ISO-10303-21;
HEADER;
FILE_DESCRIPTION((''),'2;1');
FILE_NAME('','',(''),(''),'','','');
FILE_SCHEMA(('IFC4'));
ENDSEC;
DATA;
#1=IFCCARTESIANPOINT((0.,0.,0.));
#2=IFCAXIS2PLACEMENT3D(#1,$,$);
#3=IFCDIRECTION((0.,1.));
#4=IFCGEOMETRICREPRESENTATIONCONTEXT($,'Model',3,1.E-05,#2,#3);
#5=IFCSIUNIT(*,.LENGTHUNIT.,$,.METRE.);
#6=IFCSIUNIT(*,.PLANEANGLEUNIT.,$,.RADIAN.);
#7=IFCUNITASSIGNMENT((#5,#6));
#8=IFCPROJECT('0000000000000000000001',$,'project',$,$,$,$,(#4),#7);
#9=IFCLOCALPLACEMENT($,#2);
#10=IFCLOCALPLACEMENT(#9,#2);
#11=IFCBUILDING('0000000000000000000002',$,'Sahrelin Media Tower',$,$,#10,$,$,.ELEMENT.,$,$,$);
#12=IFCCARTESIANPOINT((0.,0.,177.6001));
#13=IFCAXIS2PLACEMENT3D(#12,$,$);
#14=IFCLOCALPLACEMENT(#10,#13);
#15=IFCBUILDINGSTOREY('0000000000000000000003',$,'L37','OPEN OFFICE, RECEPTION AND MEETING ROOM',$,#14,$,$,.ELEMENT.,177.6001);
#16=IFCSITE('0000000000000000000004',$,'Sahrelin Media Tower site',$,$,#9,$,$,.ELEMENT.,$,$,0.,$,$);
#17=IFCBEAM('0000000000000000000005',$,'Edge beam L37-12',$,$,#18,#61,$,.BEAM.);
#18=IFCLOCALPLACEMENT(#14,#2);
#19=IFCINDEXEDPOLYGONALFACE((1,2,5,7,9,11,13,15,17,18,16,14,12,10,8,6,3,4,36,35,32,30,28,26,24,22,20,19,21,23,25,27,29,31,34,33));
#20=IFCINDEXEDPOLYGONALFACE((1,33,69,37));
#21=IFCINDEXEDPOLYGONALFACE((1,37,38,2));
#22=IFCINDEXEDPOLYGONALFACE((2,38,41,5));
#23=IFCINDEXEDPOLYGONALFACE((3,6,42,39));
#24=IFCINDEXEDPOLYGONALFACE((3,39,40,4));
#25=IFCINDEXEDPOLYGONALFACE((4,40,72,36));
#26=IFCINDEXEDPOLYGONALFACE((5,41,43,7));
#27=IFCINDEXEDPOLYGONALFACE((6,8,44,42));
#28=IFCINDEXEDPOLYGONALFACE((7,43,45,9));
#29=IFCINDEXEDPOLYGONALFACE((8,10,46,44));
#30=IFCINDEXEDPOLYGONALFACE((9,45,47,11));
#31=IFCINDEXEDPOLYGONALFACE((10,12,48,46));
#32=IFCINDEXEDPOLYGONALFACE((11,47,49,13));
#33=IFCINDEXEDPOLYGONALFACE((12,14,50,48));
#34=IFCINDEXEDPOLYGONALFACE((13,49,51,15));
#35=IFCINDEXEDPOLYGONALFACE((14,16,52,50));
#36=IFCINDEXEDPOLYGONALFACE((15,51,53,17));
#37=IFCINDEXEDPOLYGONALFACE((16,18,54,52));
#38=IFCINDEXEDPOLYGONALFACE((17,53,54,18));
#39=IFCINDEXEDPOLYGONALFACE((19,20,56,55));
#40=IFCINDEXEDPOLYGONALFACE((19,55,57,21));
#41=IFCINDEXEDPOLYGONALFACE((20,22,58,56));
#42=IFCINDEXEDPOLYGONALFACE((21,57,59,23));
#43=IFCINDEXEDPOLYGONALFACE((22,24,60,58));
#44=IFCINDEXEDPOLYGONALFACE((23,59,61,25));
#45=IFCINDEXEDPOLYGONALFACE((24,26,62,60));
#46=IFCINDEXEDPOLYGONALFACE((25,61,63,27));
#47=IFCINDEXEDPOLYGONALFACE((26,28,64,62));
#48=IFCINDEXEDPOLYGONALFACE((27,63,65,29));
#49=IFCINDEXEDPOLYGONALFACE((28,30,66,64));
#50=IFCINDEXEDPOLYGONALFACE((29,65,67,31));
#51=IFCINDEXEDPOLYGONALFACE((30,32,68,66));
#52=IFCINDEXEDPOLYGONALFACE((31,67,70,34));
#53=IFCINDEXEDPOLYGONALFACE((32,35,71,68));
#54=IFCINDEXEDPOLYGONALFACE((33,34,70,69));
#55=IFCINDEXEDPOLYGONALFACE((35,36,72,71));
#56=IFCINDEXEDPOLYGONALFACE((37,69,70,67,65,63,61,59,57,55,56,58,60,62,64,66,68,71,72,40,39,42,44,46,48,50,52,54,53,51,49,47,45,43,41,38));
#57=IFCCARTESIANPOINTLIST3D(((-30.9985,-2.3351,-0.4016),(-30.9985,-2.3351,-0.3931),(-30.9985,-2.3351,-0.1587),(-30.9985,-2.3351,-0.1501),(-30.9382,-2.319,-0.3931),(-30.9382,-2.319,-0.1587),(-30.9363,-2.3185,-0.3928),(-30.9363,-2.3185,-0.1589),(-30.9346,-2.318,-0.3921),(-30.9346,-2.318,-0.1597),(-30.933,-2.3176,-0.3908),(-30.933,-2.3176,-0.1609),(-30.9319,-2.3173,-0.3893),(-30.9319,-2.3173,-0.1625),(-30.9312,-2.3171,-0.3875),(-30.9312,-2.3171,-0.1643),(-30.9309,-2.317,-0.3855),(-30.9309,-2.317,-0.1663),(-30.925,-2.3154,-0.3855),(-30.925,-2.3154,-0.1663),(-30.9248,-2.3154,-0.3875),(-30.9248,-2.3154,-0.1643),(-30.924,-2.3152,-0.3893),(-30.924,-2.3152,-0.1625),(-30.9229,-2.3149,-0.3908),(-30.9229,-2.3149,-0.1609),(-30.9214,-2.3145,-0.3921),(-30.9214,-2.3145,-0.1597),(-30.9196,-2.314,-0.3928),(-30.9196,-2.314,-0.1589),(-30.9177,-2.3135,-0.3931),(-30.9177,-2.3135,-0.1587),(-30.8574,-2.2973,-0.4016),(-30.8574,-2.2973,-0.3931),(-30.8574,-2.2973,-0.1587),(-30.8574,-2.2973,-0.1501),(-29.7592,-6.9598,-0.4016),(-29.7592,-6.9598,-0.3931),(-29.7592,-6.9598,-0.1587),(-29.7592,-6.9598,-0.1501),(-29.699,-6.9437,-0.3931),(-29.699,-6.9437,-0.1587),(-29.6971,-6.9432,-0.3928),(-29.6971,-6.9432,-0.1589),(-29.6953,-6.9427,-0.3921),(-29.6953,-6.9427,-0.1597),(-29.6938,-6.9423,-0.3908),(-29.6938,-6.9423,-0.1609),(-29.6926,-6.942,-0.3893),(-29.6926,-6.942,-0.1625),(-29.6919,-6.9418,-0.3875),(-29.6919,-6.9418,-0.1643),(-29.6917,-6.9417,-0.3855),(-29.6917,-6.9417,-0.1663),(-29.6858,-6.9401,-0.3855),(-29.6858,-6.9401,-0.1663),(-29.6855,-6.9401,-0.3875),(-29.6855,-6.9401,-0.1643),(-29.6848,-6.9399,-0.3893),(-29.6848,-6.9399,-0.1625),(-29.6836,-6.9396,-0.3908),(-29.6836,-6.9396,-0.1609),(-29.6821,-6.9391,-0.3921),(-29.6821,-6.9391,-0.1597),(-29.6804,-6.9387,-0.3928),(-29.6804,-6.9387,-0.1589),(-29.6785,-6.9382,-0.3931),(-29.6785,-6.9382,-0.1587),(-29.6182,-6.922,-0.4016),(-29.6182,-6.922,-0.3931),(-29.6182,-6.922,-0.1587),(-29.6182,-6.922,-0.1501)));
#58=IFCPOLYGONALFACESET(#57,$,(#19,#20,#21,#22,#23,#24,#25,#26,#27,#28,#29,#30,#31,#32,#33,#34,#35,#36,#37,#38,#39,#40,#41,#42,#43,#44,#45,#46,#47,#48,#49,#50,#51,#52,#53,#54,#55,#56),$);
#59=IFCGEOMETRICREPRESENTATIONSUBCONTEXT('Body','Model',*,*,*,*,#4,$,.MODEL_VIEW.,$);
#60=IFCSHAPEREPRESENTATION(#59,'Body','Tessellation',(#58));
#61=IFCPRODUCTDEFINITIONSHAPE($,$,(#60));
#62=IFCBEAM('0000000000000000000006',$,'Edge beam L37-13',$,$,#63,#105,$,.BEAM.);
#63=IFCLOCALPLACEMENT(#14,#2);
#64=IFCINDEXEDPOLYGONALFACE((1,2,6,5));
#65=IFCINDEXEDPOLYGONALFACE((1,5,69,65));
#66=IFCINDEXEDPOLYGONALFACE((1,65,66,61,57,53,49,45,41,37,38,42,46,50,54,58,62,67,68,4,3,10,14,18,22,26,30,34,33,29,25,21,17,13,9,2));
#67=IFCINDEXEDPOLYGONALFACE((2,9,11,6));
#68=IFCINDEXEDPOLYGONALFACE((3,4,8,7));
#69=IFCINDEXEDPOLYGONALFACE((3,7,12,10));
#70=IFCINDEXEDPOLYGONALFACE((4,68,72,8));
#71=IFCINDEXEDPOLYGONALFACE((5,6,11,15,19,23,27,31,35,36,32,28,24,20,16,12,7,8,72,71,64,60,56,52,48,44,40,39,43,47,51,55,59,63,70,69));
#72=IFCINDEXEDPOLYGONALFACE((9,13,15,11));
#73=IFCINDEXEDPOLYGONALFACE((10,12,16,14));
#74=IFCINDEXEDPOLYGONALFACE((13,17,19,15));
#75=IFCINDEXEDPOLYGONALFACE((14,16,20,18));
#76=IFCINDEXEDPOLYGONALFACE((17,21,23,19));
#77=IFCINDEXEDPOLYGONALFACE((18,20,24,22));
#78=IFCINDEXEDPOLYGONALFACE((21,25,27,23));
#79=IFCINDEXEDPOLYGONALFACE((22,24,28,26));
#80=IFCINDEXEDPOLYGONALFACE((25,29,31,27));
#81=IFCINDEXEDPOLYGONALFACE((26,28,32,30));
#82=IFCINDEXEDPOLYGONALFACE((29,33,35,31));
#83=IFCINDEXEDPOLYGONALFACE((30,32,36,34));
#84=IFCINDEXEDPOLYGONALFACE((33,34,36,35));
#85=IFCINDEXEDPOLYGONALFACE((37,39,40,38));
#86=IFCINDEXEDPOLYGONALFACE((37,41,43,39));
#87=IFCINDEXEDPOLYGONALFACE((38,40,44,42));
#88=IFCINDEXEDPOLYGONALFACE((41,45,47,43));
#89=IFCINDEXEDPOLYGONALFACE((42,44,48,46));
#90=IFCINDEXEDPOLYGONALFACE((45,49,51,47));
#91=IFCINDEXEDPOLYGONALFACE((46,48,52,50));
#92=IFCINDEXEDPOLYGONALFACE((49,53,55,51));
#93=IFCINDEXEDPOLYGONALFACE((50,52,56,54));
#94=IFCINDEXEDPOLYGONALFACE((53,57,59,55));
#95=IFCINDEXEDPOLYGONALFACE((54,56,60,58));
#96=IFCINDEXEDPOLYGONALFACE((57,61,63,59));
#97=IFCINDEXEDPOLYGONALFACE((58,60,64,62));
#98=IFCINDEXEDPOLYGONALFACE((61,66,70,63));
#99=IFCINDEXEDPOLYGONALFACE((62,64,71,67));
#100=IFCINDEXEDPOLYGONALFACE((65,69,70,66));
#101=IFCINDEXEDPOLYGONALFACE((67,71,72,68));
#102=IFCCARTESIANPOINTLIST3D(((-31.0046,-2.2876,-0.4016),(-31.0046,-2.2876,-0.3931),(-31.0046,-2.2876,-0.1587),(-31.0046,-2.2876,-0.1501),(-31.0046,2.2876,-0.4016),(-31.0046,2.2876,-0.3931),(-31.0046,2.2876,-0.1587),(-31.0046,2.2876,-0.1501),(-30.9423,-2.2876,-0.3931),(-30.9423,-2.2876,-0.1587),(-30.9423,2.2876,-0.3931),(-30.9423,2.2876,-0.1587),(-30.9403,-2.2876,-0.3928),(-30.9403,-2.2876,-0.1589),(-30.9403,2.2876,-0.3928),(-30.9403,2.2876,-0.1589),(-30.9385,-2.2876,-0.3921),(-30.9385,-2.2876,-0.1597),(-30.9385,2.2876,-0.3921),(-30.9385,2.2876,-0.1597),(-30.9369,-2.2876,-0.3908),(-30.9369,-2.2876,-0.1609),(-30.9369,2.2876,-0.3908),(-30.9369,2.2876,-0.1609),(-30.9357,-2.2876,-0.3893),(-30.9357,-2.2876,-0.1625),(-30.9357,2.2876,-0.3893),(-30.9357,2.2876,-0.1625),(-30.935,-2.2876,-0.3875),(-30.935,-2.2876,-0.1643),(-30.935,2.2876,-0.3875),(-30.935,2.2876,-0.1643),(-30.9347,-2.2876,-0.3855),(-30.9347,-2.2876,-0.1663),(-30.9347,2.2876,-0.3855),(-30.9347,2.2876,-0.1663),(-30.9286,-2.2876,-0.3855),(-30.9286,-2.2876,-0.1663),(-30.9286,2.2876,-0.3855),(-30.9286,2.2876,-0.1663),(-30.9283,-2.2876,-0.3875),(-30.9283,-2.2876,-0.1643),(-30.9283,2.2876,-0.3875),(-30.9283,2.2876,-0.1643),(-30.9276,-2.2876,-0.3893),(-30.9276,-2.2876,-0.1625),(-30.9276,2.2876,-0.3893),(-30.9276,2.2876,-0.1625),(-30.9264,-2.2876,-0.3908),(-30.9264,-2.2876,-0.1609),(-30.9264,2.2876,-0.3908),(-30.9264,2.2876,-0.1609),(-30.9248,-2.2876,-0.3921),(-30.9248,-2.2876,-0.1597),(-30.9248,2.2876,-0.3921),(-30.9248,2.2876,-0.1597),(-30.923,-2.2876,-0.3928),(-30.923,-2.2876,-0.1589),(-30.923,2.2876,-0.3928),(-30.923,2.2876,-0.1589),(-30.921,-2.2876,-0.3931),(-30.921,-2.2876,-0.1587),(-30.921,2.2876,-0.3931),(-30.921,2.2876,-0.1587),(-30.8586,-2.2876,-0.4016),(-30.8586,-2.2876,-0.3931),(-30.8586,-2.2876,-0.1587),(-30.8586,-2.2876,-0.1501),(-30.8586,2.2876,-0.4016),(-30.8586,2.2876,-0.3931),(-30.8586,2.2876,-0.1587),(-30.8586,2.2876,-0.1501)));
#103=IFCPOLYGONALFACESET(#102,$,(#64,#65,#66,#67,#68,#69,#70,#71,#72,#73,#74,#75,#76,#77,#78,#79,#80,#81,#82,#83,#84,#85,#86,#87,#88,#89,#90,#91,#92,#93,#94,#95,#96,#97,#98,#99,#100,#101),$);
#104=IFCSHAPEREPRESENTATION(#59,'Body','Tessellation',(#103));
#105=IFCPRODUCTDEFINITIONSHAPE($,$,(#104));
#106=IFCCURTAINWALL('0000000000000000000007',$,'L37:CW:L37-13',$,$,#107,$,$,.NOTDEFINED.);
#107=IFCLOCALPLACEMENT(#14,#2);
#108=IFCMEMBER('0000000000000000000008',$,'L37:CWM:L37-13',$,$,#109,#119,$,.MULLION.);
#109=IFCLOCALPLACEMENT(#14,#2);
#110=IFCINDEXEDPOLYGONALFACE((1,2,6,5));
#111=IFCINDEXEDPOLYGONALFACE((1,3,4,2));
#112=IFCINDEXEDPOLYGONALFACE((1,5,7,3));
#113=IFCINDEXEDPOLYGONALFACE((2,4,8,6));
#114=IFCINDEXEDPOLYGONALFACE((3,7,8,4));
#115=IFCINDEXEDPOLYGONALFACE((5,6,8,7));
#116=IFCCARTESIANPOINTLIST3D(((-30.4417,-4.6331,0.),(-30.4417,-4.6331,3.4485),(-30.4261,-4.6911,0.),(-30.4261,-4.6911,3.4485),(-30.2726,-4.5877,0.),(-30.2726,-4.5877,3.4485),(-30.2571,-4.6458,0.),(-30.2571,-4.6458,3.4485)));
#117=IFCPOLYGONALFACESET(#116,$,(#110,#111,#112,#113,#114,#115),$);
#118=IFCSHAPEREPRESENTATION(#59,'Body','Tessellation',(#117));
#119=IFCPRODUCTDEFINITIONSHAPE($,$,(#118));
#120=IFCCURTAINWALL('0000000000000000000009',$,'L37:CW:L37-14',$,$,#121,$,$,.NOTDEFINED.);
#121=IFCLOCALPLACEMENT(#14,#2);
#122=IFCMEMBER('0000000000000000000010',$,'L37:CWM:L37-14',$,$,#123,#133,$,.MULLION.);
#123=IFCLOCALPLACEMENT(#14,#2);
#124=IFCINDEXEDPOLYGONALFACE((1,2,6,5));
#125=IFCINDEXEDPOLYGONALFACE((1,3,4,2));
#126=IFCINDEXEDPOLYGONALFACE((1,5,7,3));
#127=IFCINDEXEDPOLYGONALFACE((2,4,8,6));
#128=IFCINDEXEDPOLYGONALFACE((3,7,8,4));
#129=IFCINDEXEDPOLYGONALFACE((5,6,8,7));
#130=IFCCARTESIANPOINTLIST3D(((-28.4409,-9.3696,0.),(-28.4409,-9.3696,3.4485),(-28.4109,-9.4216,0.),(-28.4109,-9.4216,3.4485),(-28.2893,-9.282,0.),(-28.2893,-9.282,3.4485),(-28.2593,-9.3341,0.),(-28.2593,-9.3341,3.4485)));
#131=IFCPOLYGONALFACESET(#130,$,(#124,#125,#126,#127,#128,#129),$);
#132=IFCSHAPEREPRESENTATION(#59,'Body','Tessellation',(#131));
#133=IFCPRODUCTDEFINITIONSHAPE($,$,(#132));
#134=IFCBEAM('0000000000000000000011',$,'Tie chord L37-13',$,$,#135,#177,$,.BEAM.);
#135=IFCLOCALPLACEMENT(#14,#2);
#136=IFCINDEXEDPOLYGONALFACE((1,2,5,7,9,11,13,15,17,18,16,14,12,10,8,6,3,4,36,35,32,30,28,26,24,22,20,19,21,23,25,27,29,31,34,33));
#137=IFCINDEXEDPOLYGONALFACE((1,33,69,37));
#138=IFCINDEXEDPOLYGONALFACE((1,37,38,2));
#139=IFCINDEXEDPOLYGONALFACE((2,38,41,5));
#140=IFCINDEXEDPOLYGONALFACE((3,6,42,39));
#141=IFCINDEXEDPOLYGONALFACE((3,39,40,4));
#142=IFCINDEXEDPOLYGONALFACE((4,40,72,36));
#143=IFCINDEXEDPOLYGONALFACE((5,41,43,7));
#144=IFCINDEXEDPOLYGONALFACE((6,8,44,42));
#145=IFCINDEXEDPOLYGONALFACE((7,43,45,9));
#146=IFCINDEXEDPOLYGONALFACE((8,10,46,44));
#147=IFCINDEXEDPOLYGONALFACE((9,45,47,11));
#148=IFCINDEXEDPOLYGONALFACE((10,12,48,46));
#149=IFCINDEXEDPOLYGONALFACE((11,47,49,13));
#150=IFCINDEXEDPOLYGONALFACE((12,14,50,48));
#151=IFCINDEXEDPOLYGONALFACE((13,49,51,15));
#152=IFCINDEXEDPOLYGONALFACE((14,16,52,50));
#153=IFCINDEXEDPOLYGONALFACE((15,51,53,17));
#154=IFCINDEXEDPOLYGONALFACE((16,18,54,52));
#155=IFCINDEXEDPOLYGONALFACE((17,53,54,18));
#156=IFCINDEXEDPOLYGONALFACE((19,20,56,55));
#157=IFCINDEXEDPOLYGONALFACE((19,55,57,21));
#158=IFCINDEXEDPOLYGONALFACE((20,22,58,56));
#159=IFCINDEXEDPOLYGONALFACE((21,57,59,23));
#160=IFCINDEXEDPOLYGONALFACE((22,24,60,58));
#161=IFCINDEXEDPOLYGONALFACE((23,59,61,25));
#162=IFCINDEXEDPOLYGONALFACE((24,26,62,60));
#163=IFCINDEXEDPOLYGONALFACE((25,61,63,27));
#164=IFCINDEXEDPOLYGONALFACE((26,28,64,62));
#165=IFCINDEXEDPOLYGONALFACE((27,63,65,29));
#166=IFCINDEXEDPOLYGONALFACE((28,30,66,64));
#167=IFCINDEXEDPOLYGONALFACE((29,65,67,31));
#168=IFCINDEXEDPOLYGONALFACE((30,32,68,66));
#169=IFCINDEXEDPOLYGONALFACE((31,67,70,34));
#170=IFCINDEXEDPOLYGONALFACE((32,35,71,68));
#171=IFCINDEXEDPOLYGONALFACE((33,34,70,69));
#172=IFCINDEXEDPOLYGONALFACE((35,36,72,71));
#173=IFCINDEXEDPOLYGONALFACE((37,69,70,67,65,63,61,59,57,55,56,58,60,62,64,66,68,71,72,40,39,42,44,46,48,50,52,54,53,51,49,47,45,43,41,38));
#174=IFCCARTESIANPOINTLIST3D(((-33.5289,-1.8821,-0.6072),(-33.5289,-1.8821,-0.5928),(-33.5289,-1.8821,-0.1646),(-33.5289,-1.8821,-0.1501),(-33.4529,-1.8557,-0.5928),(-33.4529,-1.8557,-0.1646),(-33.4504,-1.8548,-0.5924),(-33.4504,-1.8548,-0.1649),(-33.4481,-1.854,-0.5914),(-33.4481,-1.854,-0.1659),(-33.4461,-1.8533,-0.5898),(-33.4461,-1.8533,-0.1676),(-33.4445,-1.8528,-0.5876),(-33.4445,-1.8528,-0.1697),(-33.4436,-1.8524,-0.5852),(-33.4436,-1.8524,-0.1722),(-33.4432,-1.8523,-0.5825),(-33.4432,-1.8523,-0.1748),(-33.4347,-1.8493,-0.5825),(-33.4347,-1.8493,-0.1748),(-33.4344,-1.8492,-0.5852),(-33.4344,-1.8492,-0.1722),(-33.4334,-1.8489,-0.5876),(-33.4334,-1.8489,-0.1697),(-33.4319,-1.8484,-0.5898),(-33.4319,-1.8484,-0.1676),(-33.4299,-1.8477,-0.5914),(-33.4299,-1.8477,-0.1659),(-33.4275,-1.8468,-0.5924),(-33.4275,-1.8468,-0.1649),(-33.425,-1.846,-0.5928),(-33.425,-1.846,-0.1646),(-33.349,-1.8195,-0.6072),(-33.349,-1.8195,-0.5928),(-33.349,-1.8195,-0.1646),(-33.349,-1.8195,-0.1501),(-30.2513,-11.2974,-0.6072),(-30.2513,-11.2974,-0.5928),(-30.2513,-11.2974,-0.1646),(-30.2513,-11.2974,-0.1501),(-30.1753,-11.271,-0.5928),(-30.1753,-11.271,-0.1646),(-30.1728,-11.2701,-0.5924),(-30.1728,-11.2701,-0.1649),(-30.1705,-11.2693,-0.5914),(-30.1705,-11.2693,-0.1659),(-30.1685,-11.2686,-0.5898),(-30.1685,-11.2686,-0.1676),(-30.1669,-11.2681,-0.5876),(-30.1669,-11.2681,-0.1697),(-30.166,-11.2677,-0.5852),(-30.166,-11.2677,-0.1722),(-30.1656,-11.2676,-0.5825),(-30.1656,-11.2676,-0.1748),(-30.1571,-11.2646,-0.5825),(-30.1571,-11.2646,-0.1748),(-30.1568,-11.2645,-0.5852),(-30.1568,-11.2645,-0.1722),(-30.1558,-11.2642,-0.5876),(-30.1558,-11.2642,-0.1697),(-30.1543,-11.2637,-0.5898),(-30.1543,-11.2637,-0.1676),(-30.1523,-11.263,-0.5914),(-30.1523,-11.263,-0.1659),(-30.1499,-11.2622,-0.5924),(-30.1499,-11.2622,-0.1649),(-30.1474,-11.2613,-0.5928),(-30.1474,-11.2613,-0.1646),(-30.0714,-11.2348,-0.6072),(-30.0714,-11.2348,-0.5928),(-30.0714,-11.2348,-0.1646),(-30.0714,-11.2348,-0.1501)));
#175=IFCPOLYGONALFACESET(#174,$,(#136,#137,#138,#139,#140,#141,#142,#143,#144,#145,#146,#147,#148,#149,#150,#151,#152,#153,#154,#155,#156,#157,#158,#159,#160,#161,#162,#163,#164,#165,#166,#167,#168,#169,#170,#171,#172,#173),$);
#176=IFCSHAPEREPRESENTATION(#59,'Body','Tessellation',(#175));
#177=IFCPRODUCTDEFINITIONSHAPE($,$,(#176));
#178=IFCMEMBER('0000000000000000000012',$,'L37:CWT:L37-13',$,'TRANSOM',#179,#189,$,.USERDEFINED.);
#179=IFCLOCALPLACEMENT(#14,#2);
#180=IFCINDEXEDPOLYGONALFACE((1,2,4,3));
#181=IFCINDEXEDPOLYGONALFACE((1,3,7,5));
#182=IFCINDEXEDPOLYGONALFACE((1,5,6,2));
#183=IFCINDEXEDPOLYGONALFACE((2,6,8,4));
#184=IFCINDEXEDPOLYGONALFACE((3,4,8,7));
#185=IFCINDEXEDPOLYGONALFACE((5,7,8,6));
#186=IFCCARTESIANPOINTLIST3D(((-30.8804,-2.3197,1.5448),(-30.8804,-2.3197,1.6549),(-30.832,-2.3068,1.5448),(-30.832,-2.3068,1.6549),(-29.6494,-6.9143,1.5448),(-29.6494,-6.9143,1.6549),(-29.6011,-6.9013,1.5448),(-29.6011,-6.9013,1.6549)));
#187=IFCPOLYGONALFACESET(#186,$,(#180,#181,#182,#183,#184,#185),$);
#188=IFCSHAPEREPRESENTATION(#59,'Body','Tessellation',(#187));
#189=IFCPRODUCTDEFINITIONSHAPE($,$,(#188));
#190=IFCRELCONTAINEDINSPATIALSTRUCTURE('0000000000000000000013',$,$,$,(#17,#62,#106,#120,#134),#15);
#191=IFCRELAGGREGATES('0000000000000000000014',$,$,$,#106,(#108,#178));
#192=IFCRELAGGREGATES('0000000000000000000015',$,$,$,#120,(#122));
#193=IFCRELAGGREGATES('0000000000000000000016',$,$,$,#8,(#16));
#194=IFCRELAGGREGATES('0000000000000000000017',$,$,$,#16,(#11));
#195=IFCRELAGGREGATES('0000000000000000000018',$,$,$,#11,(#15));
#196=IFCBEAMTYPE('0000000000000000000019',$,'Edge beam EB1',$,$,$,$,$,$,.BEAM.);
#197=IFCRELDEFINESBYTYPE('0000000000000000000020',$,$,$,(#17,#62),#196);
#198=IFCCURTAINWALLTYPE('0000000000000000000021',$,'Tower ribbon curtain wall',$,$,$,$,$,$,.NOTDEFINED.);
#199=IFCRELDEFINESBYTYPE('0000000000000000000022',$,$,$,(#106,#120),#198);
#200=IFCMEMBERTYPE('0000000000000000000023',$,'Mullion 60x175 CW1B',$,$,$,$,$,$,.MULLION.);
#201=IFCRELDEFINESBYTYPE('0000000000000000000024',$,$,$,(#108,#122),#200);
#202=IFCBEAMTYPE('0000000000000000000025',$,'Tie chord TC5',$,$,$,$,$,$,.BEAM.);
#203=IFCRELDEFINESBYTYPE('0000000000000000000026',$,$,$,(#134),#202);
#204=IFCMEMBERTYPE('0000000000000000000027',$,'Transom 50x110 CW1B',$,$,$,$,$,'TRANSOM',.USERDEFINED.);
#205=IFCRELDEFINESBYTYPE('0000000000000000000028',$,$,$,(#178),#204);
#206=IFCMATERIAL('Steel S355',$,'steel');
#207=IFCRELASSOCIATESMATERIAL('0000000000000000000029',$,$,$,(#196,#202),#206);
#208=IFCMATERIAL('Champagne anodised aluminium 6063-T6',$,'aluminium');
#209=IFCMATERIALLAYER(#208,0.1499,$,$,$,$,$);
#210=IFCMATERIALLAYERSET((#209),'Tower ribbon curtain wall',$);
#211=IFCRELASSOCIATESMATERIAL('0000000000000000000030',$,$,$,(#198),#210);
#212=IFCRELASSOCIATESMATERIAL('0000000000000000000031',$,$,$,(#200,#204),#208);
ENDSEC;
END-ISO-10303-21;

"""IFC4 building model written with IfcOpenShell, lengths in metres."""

from ifc_helpers import new_model, si_unit, direction, frame, origin, origin_2d, place, context, subcontext, project, spatial, rectangle, i_section, extrude, material, layer, layer_set, material_profile, profile_set, type_object, element, aggregate, save


model = new_model("IFC4")

# Units and contexts
model_context = context("Model", 3, precision=1e-05, world=origin(), true_north=direction((0.0, 1.0)))
body_context = subcontext(model_context, "Body", "Model", "MODEL_VIEW")
ifc_project = project(units=[si_unit("LENGTHUNIT", "METRE"), si_unit("PLANEANGLEUNIT", "RADIAN")], contexts=[model_context])

# Site, building, storey
site_placement = place(None, origin())
site = spatial("IfcSite", under=ifc_project, at=site_placement, Name="Sahrelin Media Tower site", CompositionType="ELEMENT", RefElevation=0.0)
building_placement = place(site_placement, origin())
building = spatial("IfcBuilding", under=site, at=building_placement, Name="Sahrelin Media Tower", CompositionType="ELEMENT")
storey_placement = place(building_placement, frame((0.0, 0.0, 177.6001)))
storey = spatial("IfcBuildingStorey", under=building, at=storey_placement, Name="L37", Description="OPEN OFFICE, RECEPTION AND MEETING ROOM", CompositionType="ELEMENT", Elevation=177.6001)

# Beams
ifc_material_1 = material(Name="Steel S355", Category="steel")
ifc_material_profile_1 = material_profile(ifc_material_1, i_section(OverallWidth=0.146, OverallDepth=0.2515, WebThickness=0.0061, FlangeThickness=0.0085, FilletRadius=0.0076, at=origin_2d()), Name="UB 254x146x31")
ifc_profile_set_1 = profile_set([ifc_material_profile_1], Name="Steel S355")
beam_type_1 = type_object("IfcBeamType", Name="Edge beam EB1", PredefinedType="BEAM", material=ifc_profile_set_1)
beam_1_placement = place(storey_placement, frame((-29.6887, -6.9409, -0.2759), z_axis=(-0.25883, 0.965923, 0.0), x_axis=(-0.965923, -0.25883, 0.0)))
element("IfcBeam", 1, at=beam_1_placement, inside=storey, type_object=beam_type_1, Name="Edge beam L37-12", PredefinedType="BEAM", context=body_context, shape_type="SweptSolid", body=[
    extrude(i_section(OverallWidth=0.146, OverallDepth=0.2515, WebThickness=0.0061, FlangeThickness=0.0085, FilletRadius=0.0076, at=origin_2d()), origin(), (0.0, 0.0, 1.0), 4.7878),
])
beam_2_placement = place(storey_placement, frame((-30.9316, -2.2876, -0.2759), z_axis=(0.0, 1.0, 0.0), x_axis=(-1.0, 0.0, 0.0)))
element("IfcBeam", 2, at=beam_2_placement, inside=storey, type_object=beam_type_1, Name="Edge beam L37-13", PredefinedType="BEAM", context=body_context, shape_type="SweptSolid", body=[
    extrude(i_section(OverallWidth=0.146, OverallDepth=0.2515, WebThickness=0.0061, FlangeThickness=0.0085, FilletRadius=0.0076, at=origin_2d()), origin(), (0.0, 0.0, 1.0), 4.5752),
])

# Curtain walls, members
ifc_material_2 = material(Name="Champagne anodised aluminium 6063-T6", Category="aluminium")
ifc_layer_1 = layer(ifc_material_2, 0.1499)
ifc_layer_set_1 = layer_set([ifc_layer_1], Name="Tower ribbon curtain wall")
curtain_wall_type = type_object("IfcCurtainWallType", Name="Tower ribbon curtain wall", PredefinedType="NOTDEFINED", material=ifc_layer_set_1)
curtain_wall_1_placement = place(storey_placement, frame((-30.4534, -4.6672, 0.0), z_axis=(0.0, 0.0, 1.0), x_axis=(1.0, 0.0, 0.0)))
curtain_wall_1 = element("IfcCurtainWall", 3, at=curtain_wall_1_placement, inside=storey, type_object=curtain_wall_type, Name="L37:CW:L37-13", PredefinedType="NOTDEFINED")
ifc_material_profile_2 = material_profile(ifc_material_2, rectangle(XDim=0.0601, YDim=0.175, at=origin_2d()), Name="Mullion 60x175")
ifc_profile_set_2 = profile_set([ifc_material_profile_2], Name="Champagne anodised aluminium 6063-T6")
member_type_1 = type_object("IfcMemberType", Name="Mullion 60x175 CW1B", PredefinedType="MULLION", material=ifc_profile_set_2)
member_1_placement = place(storey_placement, frame((-30.3494, -4.6394, 0.0), z_axis=(0.0, 0.0, 1.0), x_axis=(0.258809, -0.965929, 0.0)))
member_1 = element("IfcMember", 4, at=member_1_placement, type_object=member_type_1, Name="L37:CWM:L37-13", PredefinedType="MULLION", context=body_context, shape_type="SweptSolid", body=[
    extrude(rectangle(XDim=0.0601, YDim=0.175, at=origin_2d()), origin(), (0.0, 0.0, 1.0), 3.4485),
])
curtain_wall_2_placement = place(storey_placement, frame((-28.4434, -9.4055, 0.0), z_axis=(0.0, 0.0, 1.0), x_axis=(1.0, 0.0, 0.0)))
curtain_wall_2 = element("IfcCurtainWall", 5, at=curtain_wall_2_placement, inside=storey, type_object=curtain_wall_type, Name="L37:CW:L37-14", PredefinedType="NOTDEFINED")
member_2_placement = place(storey_placement, frame((-28.3501, -9.3518, 0.0), z_axis=(0.0, 0.0, 1.0), x_axis=(0.500005, -0.866023, 0.0)))
member_2 = element("IfcMember", 6, at=member_2_placement, type_object=member_type_1, Name="L37:CWM:L37-14", PredefinedType="MULLION", context=body_context, shape_type="SweptSolid", body=[
    extrude(rectangle(XDim=0.0601, YDim=0.175, at=origin_2d()), origin(), (0.0, 0.0, 1.0), 3.4485),
])

# Beam
ifc_material_profile_3 = material_profile(ifc_material_1, i_section(OverallWidth=0.1904, OverallDepth=0.457, WebThickness=0.009, FlangeThickness=0.0144, FilletRadius=0.0103, at=origin_2d()), Name="UB 457x191x74")
ifc_profile_set_3 = profile_set([ifc_material_profile_3], Name="Steel S355")
beam_type_2 = type_object("IfcBeamType", Name="Tie chord TC5", PredefinedType="BEAM", material=ifc_profile_set_3)
beam_3_placement = place(storey_placement, frame((-33.439, -1.8508, -0.3787), z_axis=(0.328763, -0.944413, 0.0), x_axis=(0.944413, 0.328763, 0.0)))
element("IfcBeam", 7, at=beam_3_placement, inside=storey, type_object=beam_type_2, Name="Tie chord L37-13", PredefinedType="BEAM", context=body_context, shape_type="SweptSolid", body=[
    extrude(i_section(OverallWidth=0.1904, OverallDepth=0.457, WebThickness=0.009, FlangeThickness=0.0144, FilletRadius=0.0103, at=origin_2d()), origin(), (0.0, 0.0, 1.0), 9.9695),
])

# Member
ifc_material_profile_4 = material_profile(ifc_material_2, rectangle(XDim=0.05, YDim=0.1101, at=origin_2d()), Name="Transom 50x110")
ifc_profile_set_4 = profile_set([ifc_material_profile_4], Name="Champagne anodised aluminium 6063-T6")
member_type_2 = type_object("IfcMemberType", Name="Transom 50x110 CW1B", ElementType="TRANSOM", PredefinedType="USERDEFINED", material=ifc_profile_set_4)
member_3_placement = place(storey_placement, frame((-30.8562, -2.3132, 1.5999), z_axis=(0.258793, -0.965933, 0.0), x_axis=(0.965933, 0.258793, 0.0)))
member_3 = element("IfcMember", 8, at=member_3_placement, type_object=member_type_2, Name="L37:CWT:L37-13", ObjectType="TRANSOM", PredefinedType="USERDEFINED", context=body_context, shape_type="SweptSolid", body=[
    extrude(rectangle(XDim=0.05, YDim=0.1101, at=origin_2d()), origin(), (0.0, 0.0, 1.0), 4.7566),
])

aggregate(curtain_wall_1, [member_1, member_3])
aggregate(curtain_wall_2, [member_2])

save(model, "model.ifc")
